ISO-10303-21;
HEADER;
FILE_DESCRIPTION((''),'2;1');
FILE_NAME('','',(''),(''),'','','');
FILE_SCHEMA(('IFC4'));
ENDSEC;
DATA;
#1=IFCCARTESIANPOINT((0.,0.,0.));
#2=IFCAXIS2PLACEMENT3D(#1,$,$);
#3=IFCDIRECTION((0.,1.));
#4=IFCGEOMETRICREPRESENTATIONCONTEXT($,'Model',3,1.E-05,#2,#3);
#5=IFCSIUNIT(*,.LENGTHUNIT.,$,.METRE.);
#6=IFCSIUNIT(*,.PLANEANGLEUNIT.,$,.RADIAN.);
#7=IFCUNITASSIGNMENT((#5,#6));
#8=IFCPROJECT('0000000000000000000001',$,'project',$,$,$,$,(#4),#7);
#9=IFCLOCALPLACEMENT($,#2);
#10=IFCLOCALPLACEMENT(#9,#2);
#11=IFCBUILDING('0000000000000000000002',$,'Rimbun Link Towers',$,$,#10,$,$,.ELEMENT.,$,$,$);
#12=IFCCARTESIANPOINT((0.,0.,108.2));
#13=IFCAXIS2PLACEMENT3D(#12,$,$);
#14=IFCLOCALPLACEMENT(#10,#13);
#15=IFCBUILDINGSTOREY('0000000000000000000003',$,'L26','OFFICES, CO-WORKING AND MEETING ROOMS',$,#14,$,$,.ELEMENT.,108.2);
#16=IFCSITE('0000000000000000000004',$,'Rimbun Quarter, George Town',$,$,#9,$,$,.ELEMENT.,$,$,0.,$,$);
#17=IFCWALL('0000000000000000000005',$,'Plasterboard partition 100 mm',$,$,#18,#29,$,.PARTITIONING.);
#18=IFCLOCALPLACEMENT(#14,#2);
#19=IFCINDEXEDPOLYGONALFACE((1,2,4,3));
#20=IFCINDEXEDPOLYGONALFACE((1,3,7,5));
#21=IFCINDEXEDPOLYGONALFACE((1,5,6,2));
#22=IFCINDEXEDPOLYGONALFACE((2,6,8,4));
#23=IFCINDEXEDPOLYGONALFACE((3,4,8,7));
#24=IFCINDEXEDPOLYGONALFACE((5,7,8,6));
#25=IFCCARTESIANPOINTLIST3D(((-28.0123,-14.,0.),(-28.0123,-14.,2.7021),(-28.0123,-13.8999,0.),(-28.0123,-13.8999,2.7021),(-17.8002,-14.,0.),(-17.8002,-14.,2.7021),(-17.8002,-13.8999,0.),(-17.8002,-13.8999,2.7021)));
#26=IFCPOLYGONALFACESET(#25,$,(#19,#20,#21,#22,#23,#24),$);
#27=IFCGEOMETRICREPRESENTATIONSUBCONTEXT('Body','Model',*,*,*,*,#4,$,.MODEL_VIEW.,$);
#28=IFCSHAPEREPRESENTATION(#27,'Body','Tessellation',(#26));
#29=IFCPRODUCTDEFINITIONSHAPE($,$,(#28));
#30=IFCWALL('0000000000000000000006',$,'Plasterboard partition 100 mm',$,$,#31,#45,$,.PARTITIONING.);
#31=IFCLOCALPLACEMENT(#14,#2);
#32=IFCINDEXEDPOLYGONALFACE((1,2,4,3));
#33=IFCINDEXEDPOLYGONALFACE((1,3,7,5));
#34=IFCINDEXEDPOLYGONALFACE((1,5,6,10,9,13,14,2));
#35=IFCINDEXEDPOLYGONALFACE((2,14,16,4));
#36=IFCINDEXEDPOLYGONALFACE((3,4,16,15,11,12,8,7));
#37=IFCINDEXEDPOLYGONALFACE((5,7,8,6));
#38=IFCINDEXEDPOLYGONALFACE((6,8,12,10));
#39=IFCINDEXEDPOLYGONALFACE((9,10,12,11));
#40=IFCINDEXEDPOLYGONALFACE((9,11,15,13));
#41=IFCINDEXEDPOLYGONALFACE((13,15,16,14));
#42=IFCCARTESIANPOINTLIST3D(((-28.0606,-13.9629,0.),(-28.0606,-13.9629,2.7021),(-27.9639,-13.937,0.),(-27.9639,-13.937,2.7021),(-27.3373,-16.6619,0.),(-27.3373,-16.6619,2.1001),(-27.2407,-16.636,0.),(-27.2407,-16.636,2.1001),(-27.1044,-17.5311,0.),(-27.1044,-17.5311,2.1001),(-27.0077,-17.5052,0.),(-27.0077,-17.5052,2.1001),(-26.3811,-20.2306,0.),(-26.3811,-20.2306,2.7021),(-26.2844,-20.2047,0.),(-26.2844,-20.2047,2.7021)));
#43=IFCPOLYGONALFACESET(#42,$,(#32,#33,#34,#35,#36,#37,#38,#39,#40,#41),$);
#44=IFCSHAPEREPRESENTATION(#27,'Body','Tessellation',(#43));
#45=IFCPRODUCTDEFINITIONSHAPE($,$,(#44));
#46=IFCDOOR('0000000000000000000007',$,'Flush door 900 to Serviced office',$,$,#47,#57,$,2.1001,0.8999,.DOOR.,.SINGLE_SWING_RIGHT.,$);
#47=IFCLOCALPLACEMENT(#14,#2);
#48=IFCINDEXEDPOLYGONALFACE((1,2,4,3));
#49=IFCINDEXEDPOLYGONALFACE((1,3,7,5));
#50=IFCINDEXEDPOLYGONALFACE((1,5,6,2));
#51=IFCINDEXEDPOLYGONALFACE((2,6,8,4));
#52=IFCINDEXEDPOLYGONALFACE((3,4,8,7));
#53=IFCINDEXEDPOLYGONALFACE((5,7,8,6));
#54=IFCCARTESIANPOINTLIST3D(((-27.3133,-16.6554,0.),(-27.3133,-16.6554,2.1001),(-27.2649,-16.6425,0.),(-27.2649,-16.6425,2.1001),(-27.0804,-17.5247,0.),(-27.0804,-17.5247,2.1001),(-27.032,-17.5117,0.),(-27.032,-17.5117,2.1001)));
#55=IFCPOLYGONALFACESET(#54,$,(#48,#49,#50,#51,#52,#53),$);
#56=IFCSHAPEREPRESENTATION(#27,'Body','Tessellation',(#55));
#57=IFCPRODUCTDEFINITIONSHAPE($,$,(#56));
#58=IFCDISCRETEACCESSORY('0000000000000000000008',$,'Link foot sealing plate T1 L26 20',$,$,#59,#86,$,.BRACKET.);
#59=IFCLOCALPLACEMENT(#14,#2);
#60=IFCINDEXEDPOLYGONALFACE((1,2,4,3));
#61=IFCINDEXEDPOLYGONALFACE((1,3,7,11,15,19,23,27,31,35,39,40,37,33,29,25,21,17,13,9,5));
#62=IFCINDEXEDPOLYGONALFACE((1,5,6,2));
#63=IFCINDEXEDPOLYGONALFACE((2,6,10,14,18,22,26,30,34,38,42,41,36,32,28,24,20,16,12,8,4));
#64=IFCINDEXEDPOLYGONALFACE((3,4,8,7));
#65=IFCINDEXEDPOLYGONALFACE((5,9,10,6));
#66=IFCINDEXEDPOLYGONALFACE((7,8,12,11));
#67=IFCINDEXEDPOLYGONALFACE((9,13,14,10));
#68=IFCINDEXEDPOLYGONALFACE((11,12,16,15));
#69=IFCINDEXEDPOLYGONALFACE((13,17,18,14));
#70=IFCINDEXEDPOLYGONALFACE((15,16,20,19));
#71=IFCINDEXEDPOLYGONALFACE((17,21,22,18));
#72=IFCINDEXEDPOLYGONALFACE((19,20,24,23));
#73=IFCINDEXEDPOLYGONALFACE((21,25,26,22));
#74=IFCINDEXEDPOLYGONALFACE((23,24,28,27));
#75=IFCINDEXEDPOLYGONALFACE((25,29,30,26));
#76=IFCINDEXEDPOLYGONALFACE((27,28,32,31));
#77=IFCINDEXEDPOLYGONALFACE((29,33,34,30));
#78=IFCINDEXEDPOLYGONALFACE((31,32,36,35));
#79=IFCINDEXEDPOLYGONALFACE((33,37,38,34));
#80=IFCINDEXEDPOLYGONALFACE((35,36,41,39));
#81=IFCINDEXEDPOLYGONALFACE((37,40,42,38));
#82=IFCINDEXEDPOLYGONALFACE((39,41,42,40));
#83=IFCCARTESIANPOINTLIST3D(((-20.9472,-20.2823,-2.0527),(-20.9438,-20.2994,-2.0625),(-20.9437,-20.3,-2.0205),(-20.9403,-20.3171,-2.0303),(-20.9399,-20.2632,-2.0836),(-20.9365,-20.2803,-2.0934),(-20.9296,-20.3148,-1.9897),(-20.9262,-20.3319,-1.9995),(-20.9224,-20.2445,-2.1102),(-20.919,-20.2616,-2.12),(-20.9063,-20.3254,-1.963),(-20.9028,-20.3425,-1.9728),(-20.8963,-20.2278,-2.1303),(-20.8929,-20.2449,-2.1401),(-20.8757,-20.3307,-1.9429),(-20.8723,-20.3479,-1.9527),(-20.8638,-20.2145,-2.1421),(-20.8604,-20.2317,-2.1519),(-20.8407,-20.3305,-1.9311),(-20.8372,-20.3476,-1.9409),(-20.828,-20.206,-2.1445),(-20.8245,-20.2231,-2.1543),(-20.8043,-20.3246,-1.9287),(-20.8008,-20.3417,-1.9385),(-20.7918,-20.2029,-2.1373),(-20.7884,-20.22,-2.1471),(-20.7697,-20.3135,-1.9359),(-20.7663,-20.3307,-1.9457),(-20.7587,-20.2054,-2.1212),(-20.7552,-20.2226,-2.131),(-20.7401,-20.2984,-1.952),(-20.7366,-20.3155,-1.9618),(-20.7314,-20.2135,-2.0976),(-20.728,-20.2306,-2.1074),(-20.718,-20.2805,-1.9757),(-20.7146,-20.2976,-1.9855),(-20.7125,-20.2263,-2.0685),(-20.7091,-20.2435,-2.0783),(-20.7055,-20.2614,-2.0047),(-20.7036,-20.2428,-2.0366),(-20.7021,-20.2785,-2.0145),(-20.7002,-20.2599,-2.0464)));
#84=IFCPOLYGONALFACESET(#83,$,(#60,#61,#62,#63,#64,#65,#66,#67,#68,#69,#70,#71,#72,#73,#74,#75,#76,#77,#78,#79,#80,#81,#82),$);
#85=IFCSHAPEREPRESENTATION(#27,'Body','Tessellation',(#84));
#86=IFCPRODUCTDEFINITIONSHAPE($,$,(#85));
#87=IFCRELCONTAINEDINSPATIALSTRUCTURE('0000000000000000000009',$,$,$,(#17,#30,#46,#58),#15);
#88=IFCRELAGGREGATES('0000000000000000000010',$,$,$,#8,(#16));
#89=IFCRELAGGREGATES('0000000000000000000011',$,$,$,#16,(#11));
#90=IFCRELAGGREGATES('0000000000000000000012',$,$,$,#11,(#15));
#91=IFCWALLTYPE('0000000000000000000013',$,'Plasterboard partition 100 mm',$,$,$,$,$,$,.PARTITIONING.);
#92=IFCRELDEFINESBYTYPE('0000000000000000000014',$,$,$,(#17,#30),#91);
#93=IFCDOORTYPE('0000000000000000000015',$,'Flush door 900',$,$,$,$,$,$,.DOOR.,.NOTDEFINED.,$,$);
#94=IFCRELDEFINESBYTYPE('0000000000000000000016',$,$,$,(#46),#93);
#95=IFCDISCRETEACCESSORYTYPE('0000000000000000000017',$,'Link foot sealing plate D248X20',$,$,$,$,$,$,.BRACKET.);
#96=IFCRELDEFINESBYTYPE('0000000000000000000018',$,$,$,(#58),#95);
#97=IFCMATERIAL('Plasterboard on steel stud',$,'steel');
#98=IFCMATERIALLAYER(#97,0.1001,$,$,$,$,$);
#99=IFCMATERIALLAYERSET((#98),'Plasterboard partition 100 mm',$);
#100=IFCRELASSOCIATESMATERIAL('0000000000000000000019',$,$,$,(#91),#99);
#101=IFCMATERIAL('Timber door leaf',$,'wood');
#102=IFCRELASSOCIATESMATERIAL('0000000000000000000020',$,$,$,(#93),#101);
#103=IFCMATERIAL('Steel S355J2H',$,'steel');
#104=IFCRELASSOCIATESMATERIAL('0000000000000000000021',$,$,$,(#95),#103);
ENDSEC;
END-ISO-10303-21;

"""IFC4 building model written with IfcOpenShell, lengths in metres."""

from ifc_helpers import new_model, si_unit, direction, frame, frame_2d, origin, origin_2d, place, context, subcontext, project, spatial, rectangle, circle, extrude, material, layer, layer_set, material_profile, profile_set, type_object, element, fill, save


model = new_model("IFC4")

# Units and contexts
model_context = context("Model", 3, precision=1e-05, world=origin(), true_north=direction((0.0, 1.0)))
body_context = subcontext(model_context, "Body", "Model", "MODEL_VIEW")
ifc_project = project(units=[si_unit("LENGTHUNIT", "METRE"), si_unit("PLANEANGLEUNIT", "RADIAN")], contexts=[model_context])

# Site, building, storey
site_placement = place(None, origin())
site = spatial("IfcSite", under=ifc_project, at=site_placement, Name="Rimbun Quarter, George Town", CompositionType="ELEMENT", RefElevation=0.0)
building_placement = place(site_placement, origin())
building = spatial("IfcBuilding", under=site, at=building_placement, Name="Rimbun Link Towers", CompositionType="ELEMENT")
storey_placement = place(building_placement, frame((0.0, 0.0, 108.2)))
storey = spatial("IfcBuildingStorey", under=building, at=storey_placement, Name="L26", Description="OFFICES, CO-WORKING AND MEETING ROOMS", CompositionType="ELEMENT", Elevation=108.2)

# Shared definitions
ifc_material_1 = material(Name="Plasterboard on steel stud", Category="steel")
ifc_layer_1 = layer(ifc_material_1, 0.1001)
ifc_layer_set_1 = layer_set([ifc_layer_1], Name="Plasterboard partition 100 mm")
wall_type = type_object("IfcWallType", Name="Plasterboard partition 100 mm", PredefinedType="PARTITIONING", material=ifc_layer_set_1)
ifc_material_2 = material(Name="Timber door leaf", Category="wood")
door_type_1 = type_object("IfcDoorType", Name="Flush door 900", OperationType="NOTDEFINED", PredefinedType="DOOR", material=ifc_material_2)

# Wall
wall_1_placement = place(storey_placement, frame((-28.0122, -13.95, 0.0), z_axis=(0.0, 0.0, 1.0), x_axis=(1.0, 0.0, 0.0)))
element("IfcWall", 1, at=wall_1_placement, inside=storey, type_object=wall_type, Name="Plasterboard partition 100 mm", PredefinedType="PARTITIONING", context=body_context, shape_type="SweptSolid", body=[
    extrude(rectangle(XDim=10.2122, YDim=0.1001, at=frame_2d((5.106, 0.0))), origin(), (0.0, 0.0, 1.0), 2.7021),
])

# Wall, opening, door
wall_2_placement = place(storey_placement, frame((-28.0122, -13.95, 0.0), z_axis=(0.0, 0.0, 1.0), x_axis=(0.258826, -0.965924, 0.0)))
wall_2 = element("IfcWall", 2, at=wall_2_placement, inside=storey, type_object=wall_type, Name="Plasterboard partition 100 mm", PredefinedType="PARTITIONING", context=body_context, shape_type="SweptSolid", body=[
    extrude(rectangle(XDim=6.4888, YDim=0.1001, at=frame_2d((3.2444, 0.0))), origin(), (0.0, 0.0, 1.0), 2.7021),
])
opening_1_placement = place(wall_2_placement, frame((2.7942, 0.0, 0.0)))
opening_1 = element("IfcOpeningElement", 3, at=opening_1_placement, cuts=wall_2, PredefinedType="OPENING", context=body_context, shape_type="SweptSolid", body=[
    extrude(rectangle(XDim=0.8999, YDim=2.1001, at=frame_2d((0.45, 1.05))), frame((0.0, 0.0601, 0.0), z_axis=(0.0, -1.0, 0.0), x_axis=(1.0, 0.0, 0.0)), (0.0, 0.0, 1.0), 0.1201),
])
door_1_placement = place(opening_1_placement, origin())
door_1 = element("IfcDoor", 4, at=door_1_placement, inside=storey, type_object=door_type_1, Name="Flush door 900 to Serviced office", OperationType="SINGLE_SWING_RIGHT", OverallHeight=2.1001, OverallWidth=0.8999, PredefinedType="DOOR", context=body_context, shape_type="SweptSolid", body=[
    extrude(rectangle(XDim=0.8999, YDim=2.1001, at=frame_2d((0.45, 1.05))), frame((0.0, 0.0249, 0.0), z_axis=(0.0, -1.0, 0.0), x_axis=(1.0, 0.0, 0.0)), (0.0, 0.0, 1.0), 0.05),
])
fill(opening_1, door_1)

# Discrete accessory
ifc_material_3 = material(Name="Steel S355J2H", Category="steel")
ifc_material_profile_1 = material_profile(ifc_material_3, circle(Radius=0.124, at=origin_2d()), Name="PL D248")
ifc_profile_set_1 = profile_set([ifc_material_profile_1], Name="Steel S355J2H")
discrete_accessory_type = type_object("IfcDiscreteAccessoryType", Name="Link foot sealing plate D248X20", PredefinedType="BRACKET", material=ifc_profile_set_1)
discrete_accessory_placement = place(storey_placement, frame((-20.8252, -20.2671, -2.0366), z_axis=(0.171088, -0.855442, -0.488824), x_axis=(0.980581, 0.196116, 0.0)))
element("IfcDiscreteAccessory", 5, at=discrete_accessory_placement, inside=storey, type_object=discrete_accessory_type, Name="Link foot sealing plate T1 L26 20", PredefinedType="BRACKET", context=body_context, shape_type="SweptSolid", body=[
    extrude(circle(Radius=0.124, at=origin_2d()), origin(), (0.0, 0.0, 1.0), 0.02),
])

save(model, "model.ifc")
